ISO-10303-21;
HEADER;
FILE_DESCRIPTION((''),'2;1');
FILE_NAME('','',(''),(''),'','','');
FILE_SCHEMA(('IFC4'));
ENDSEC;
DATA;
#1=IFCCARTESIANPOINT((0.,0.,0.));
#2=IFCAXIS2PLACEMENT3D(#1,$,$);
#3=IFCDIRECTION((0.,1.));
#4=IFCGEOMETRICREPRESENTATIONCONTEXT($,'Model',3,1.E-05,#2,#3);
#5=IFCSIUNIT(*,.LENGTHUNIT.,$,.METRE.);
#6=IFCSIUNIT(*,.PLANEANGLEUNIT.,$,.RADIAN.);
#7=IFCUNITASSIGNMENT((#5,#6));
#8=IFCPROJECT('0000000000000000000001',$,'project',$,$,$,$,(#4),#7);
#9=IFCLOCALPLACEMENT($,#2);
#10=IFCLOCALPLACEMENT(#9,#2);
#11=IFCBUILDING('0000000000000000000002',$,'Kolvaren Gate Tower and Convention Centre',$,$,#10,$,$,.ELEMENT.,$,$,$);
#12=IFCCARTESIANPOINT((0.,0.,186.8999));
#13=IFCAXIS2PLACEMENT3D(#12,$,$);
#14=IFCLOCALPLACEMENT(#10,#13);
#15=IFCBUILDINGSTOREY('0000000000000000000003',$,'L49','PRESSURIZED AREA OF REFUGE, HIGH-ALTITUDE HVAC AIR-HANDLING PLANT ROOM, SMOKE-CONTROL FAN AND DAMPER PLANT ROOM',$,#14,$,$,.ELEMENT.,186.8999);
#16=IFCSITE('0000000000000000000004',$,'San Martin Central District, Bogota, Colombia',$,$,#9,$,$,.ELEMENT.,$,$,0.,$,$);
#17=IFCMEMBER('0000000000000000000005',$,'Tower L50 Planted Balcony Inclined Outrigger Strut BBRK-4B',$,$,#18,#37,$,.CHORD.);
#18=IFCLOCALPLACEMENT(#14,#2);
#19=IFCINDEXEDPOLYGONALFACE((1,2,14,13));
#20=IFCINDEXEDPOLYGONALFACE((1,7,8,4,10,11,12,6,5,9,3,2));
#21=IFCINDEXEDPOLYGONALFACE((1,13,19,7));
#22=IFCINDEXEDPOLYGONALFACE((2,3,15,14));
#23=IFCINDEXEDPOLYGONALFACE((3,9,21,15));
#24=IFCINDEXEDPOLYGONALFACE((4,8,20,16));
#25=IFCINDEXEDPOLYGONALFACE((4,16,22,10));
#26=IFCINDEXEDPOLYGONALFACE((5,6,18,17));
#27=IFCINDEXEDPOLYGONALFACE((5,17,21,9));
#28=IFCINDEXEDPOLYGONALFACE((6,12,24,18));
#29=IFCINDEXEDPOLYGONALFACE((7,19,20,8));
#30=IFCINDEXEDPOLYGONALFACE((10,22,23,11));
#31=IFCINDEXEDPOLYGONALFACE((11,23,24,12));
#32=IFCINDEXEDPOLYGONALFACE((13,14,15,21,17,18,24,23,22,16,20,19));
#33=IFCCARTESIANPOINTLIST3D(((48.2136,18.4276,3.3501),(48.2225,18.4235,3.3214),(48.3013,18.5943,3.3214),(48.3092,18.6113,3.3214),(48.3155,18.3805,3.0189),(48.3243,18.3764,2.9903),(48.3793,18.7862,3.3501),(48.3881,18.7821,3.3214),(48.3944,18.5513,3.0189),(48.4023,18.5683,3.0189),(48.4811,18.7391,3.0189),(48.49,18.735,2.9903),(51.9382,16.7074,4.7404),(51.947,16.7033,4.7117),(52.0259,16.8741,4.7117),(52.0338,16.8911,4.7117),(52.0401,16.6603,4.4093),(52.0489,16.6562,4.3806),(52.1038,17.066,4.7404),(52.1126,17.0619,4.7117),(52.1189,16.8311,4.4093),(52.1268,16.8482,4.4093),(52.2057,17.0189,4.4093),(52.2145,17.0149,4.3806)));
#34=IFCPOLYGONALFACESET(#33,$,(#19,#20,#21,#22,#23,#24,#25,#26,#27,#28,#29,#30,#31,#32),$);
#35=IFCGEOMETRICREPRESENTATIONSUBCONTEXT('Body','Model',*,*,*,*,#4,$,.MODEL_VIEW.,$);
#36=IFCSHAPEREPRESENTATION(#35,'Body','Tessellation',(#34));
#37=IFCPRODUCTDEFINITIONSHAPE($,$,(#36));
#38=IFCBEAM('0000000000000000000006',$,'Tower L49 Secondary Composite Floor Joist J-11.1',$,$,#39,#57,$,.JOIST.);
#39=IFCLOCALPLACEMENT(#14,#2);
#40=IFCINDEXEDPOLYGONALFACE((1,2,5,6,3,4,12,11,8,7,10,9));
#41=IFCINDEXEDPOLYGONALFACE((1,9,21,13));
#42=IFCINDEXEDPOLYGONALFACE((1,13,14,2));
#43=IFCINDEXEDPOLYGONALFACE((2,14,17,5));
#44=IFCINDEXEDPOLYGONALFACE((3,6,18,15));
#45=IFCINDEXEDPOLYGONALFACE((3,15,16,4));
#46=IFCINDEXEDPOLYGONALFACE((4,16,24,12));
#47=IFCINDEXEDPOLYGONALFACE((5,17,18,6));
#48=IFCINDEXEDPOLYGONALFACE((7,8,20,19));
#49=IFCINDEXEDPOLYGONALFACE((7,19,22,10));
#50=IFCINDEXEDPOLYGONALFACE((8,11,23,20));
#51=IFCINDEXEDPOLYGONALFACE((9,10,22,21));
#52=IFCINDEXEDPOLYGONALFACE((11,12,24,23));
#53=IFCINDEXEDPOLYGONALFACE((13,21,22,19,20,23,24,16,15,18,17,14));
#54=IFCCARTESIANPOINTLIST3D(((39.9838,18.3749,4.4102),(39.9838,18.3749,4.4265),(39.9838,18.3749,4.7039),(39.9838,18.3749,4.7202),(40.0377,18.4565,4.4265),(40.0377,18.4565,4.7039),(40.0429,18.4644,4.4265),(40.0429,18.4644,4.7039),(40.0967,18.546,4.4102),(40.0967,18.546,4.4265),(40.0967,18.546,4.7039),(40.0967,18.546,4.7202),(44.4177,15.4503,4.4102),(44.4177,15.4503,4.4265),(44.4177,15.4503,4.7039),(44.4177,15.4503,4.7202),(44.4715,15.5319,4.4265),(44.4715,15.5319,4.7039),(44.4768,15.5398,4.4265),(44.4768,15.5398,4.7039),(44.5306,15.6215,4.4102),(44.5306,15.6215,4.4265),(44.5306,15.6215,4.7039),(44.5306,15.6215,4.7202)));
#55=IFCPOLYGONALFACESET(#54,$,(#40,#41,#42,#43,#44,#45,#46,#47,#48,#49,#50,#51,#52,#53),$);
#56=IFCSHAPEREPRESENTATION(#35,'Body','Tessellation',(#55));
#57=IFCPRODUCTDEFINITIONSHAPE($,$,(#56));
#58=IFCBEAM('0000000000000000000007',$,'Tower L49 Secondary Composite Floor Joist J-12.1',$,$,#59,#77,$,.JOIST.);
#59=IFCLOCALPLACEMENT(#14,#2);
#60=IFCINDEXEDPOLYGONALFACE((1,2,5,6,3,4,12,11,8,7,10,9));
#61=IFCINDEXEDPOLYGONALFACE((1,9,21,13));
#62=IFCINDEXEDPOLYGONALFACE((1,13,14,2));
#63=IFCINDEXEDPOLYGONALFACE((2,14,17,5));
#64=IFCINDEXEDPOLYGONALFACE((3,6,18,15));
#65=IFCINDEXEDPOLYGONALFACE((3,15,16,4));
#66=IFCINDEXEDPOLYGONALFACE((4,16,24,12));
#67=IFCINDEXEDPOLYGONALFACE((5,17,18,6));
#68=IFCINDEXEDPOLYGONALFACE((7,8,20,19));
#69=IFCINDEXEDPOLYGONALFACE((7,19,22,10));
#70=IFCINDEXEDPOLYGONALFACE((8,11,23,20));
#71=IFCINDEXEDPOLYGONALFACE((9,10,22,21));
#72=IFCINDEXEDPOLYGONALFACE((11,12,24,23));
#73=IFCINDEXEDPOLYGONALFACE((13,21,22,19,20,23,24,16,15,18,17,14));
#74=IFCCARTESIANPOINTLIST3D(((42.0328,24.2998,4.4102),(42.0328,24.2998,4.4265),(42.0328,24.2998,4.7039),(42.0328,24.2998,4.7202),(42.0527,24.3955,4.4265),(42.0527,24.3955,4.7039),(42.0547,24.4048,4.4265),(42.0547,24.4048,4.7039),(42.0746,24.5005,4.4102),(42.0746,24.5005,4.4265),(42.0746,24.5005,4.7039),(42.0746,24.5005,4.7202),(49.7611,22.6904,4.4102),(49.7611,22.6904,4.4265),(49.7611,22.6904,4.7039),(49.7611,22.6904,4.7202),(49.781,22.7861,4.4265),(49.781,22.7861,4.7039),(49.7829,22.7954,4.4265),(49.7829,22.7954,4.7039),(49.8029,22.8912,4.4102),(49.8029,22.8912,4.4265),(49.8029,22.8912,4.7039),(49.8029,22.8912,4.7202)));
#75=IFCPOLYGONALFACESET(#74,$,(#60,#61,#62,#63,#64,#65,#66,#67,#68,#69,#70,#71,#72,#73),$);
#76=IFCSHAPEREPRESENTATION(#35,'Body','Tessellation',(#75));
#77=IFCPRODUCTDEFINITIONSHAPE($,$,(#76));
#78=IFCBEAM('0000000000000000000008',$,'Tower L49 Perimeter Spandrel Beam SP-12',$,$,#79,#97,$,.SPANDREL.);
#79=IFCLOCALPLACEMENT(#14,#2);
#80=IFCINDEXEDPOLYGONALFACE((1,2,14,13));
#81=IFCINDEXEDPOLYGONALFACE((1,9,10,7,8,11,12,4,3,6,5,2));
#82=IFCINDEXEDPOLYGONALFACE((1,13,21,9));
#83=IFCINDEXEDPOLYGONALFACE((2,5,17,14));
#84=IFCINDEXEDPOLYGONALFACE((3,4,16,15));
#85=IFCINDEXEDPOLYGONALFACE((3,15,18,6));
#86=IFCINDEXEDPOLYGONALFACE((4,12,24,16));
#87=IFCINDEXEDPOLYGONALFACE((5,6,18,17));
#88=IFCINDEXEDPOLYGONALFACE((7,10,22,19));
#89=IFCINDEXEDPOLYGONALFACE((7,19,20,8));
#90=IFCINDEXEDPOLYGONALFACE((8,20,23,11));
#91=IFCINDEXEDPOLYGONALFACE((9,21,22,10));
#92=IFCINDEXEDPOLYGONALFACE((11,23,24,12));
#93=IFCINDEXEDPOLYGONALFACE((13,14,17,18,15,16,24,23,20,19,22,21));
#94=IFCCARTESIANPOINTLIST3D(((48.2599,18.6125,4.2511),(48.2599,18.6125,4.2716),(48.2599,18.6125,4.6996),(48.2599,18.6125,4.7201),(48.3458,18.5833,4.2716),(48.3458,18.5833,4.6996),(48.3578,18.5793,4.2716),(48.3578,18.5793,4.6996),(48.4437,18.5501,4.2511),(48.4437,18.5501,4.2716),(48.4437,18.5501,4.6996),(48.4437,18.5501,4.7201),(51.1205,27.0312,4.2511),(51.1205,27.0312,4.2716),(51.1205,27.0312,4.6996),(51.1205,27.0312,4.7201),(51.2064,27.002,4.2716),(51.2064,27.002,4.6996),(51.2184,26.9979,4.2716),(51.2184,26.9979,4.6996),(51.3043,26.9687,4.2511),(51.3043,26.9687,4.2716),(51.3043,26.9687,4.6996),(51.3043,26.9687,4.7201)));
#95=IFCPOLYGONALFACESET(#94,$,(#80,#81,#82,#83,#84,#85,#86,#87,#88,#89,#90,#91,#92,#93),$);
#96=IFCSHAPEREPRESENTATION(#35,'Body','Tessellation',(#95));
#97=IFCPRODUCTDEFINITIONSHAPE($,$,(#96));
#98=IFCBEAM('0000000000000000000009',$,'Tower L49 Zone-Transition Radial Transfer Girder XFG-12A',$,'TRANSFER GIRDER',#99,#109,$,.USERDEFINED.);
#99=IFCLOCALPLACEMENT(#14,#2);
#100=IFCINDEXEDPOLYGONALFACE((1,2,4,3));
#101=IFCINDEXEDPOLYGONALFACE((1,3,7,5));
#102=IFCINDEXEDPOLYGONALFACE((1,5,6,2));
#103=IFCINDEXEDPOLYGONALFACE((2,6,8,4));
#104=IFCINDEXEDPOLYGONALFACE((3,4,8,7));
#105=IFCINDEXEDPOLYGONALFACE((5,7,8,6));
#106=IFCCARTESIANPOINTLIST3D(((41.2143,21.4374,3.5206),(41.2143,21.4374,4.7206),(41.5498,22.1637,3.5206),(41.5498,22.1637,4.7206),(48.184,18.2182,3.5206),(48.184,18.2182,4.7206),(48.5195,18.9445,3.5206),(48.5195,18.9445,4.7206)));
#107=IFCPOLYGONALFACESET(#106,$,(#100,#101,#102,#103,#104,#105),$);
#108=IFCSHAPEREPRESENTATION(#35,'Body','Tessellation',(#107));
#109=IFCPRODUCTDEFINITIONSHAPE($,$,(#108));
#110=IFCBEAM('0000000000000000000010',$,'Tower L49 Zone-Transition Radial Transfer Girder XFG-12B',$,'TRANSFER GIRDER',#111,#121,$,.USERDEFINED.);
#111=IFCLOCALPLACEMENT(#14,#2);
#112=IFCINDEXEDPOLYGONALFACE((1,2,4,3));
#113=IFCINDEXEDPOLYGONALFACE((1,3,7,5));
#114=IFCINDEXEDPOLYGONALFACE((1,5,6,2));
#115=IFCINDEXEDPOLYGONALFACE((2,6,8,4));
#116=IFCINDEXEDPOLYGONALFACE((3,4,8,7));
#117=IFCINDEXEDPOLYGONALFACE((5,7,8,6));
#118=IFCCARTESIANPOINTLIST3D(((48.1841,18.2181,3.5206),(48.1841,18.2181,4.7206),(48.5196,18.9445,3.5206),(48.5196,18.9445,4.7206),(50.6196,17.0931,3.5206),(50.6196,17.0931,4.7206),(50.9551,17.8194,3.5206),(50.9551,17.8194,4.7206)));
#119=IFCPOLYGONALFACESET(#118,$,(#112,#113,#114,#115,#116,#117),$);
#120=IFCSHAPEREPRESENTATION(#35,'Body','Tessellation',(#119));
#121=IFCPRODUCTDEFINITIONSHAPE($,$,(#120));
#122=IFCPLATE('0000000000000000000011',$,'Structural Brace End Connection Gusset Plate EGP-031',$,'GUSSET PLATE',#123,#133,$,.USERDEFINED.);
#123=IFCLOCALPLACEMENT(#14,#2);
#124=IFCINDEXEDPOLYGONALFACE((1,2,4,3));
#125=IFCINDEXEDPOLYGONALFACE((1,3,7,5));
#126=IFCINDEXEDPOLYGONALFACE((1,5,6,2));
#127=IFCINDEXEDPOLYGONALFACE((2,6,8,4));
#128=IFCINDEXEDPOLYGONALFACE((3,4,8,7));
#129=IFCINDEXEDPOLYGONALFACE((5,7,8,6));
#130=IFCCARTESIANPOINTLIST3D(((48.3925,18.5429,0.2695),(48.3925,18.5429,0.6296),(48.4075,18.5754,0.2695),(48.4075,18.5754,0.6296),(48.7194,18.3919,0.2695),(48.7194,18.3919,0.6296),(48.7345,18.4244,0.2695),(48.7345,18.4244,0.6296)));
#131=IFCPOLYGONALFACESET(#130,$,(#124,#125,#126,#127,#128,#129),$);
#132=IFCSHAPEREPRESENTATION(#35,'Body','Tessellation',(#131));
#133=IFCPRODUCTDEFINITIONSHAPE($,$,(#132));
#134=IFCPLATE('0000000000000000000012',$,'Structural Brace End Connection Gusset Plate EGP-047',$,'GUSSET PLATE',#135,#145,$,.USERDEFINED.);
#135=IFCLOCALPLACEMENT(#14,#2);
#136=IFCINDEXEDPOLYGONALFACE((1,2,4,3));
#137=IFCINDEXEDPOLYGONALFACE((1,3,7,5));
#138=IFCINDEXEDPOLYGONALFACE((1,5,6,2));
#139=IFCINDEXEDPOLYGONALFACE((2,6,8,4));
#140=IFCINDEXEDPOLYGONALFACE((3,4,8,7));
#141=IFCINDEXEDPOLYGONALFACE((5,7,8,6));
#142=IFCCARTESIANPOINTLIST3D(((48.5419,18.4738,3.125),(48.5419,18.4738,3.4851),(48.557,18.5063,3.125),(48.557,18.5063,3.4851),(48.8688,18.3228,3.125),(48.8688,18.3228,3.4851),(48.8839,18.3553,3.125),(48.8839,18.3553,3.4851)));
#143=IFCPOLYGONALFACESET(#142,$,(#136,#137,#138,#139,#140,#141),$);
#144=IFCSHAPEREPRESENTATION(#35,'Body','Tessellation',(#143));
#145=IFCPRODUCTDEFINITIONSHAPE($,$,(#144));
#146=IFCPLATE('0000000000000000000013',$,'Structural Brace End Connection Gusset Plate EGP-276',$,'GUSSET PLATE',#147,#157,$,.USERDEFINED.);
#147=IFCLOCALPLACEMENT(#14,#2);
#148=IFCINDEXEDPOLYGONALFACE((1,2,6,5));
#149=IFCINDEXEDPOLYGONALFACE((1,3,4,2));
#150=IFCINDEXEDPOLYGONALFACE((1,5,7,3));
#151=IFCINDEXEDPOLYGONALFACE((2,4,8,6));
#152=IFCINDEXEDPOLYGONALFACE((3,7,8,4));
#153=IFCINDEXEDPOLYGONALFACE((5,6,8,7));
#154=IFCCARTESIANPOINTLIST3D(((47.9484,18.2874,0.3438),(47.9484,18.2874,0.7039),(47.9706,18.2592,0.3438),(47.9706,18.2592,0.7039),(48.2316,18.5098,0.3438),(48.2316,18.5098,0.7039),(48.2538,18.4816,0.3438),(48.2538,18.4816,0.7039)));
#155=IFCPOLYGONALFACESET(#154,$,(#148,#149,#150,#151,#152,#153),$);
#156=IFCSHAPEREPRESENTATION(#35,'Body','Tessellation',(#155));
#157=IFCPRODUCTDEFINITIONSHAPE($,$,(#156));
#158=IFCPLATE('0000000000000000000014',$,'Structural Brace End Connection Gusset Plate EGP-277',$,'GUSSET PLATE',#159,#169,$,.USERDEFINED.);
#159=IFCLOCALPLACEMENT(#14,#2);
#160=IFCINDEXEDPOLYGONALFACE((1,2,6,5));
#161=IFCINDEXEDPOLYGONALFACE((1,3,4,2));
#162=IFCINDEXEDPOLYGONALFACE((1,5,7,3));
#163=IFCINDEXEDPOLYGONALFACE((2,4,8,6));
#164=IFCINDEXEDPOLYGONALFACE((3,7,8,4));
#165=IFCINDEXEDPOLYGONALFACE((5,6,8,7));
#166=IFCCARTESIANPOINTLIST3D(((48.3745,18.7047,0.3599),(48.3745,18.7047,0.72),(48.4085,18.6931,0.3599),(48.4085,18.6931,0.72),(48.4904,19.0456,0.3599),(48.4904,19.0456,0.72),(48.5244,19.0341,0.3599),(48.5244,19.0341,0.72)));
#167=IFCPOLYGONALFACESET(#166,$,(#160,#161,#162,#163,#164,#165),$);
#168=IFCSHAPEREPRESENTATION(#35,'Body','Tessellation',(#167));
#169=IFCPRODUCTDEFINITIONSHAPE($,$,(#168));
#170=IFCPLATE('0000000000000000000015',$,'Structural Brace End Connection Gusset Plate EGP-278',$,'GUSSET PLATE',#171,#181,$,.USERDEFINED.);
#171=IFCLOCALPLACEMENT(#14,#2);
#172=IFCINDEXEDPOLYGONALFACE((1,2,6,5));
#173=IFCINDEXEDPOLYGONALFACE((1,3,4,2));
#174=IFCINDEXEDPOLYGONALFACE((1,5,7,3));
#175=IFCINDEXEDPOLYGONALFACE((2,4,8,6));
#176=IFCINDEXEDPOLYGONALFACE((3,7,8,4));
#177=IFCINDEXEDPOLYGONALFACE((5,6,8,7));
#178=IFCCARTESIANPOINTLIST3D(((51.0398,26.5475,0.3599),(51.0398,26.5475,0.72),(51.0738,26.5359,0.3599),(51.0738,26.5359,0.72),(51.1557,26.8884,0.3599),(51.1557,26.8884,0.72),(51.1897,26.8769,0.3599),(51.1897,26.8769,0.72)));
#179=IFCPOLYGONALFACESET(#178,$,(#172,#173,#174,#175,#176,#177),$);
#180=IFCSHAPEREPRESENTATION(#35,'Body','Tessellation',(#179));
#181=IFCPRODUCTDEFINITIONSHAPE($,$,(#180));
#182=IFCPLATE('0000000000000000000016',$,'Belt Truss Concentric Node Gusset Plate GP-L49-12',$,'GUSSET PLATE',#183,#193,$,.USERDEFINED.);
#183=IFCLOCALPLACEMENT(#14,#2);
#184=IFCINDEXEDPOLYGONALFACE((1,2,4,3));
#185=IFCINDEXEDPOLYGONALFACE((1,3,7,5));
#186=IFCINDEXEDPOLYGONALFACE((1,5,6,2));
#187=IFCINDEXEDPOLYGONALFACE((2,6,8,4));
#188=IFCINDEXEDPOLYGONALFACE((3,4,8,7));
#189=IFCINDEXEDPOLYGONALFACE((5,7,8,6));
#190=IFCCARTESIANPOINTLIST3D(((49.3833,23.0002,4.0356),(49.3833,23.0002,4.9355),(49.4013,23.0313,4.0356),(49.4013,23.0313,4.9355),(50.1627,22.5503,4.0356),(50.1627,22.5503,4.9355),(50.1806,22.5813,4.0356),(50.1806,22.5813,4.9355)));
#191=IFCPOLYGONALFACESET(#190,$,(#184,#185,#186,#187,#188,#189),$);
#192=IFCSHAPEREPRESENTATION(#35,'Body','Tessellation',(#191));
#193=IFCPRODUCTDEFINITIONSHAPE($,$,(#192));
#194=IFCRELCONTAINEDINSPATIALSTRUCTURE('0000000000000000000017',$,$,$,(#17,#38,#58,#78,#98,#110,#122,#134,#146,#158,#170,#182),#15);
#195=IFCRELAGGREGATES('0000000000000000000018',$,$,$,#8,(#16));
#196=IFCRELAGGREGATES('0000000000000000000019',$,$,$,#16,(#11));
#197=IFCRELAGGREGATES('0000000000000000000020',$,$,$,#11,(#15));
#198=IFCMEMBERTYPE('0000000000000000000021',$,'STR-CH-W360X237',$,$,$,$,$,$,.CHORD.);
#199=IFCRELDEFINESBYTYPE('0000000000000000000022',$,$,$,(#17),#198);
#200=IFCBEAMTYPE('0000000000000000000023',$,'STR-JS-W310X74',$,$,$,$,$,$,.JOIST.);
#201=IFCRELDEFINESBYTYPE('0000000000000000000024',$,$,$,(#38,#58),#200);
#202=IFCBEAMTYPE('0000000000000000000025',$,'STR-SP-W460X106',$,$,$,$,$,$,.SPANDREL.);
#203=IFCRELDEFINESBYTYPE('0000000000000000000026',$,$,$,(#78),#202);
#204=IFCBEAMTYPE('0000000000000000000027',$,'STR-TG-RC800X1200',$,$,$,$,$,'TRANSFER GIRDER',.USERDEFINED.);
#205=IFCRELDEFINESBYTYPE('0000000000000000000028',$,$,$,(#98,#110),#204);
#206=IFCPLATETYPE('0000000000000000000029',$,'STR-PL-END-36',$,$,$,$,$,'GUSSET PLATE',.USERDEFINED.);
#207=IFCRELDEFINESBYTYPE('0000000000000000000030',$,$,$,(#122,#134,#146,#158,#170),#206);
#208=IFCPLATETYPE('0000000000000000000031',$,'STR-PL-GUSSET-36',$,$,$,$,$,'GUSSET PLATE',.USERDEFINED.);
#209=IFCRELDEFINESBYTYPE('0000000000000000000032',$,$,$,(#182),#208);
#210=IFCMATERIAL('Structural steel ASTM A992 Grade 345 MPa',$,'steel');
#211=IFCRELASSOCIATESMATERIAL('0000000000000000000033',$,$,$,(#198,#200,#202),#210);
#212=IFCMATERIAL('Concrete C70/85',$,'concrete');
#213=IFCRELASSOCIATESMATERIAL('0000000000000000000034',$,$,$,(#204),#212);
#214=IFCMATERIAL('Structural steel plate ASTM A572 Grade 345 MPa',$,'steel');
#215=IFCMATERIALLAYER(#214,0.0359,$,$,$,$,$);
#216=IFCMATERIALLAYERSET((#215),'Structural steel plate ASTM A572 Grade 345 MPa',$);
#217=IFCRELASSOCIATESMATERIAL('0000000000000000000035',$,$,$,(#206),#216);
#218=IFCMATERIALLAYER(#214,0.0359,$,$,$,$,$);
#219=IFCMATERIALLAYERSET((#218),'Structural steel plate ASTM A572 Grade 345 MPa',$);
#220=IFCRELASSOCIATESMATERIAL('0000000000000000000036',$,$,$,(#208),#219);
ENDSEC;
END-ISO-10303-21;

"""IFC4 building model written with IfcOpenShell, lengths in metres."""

from ifc_helpers import new_model, si_unit, direction, frame, origin, origin_2d, place, context, subcontext, project, spatial, rectangle, i_section, extrude, material, layer, layer_set, material_profile, profile_set, type_object, element, save


model = new_model("IFC4")

# Units and contexts
model_context = context("Model", 3, precision=1e-05, world=origin(), true_north=direction((0.0, 1.0)))
body_context = subcontext(model_context, "Body", "Model", "MODEL_VIEW")
ifc_project = project(units=[si_unit("LENGTHUNIT", "METRE"), si_unit("PLANEANGLEUNIT", "RADIAN")], contexts=[model_context])

# Site, building, storey
site_placement = place(None, origin())
site = spatial("IfcSite", under=ifc_project, at=site_placement, Name="San Martin Central District, Bogota, Colombia", CompositionType="ELEMENT", RefElevation=0.0)
building_placement = place(site_placement, origin())
building = spatial("IfcBuilding", under=site, at=building_placement, Name="Kolvaren Gate Tower and Convention Centre", CompositionType="ELEMENT")
storey_placement = place(building_placement, frame((0.0, 0.0, 186.8999)))
storey = spatial("IfcBuildingStorey", under=building, at=storey_placement, Name="L49", Description="PRESSURIZED AREA OF REFUGE, HIGH-ALTITUDE HVAC AIR-HANDLING PLANT ROOM, SMOKE-CONTROL FAN AND DAMPER PLANT ROOM", CompositionType="ELEMENT", Elevation=186.8999)

# Shared definitions
ifc_material_1 = material(Name="Structural steel ASTM A992 Grade 345 MPa", Category="steel")

# Member
ifc_material_profile_1 = material_profile(ifc_material_1, i_section(OverallWidth=0.395, OverallDepth=0.3799, WebThickness=0.0188, FlangeThickness=0.0303, at=origin_2d()), Name="W360X237")
ifc_profile_set_1 = profile_set([ifc_material_profile_1], Name="Structural steel ASTM A992 Grade 345 MPa")
member_type_1 = type_object("IfcMemberType", Name="STR-CH-W360X237", PredefinedType="CHORD", material=ifc_profile_set_1)
member_1_placement = place(storey_placement, frame((48.3518, 18.5813, 3.1702), z_axis=(0.859818, -0.397108, 0.320966), x_axis=(0.419292, 0.907851, 0.0)))
element("IfcMember", 1, at=member_1_placement, inside=storey, type_object=member_type_1, Name="Tower L50 Planted Balcony Inclined Outrigger Strut BBRK-4B", PredefinedType="CHORD", context=body_context, shape_type="SweptSolid", body=[
    extrude(i_section(OverallWidth=0.395, OverallDepth=0.3799, WebThickness=0.0188, FlangeThickness=0.0303, at=origin_2d()), origin(), (0.0, 0.0, 1.0), 4.3318),
])

# Beams
ifc_material_profile_2 = material_profile(ifc_material_1, i_section(OverallWidth=0.2051, OverallDepth=0.3101, WebThickness=0.0095, FlangeThickness=0.0164, at=origin_2d()), Name="W310X74")
ifc_profile_set_2 = profile_set([ifc_material_profile_2], Name="Structural steel ASTM A992 Grade 345 MPa")
beam_type_1 = type_object("IfcBeamType", Name="STR-JS-W310X74", PredefinedType="JOIST", material=ifc_profile_set_2)
beam_1_placement = place(storey_placement, frame((40.0403, 18.4604, 4.5652), z_axis=(0.834763, -0.55061, 0.0), x_axis=(0.55061, 0.834763, 0.0)))
element("IfcBeam", 2, at=beam_1_placement, inside=storey, type_object=beam_type_1, Name="Tower L49 Secondary Composite Floor Joist J-11.1", PredefinedType="JOIST", context=body_context, shape_type="SweptSolid", body=[
    extrude(i_section(OverallWidth=0.2051, OverallDepth=0.3101, WebThickness=0.0095, FlangeThickness=0.0164, at=origin_2d()), origin(), (0.0, 0.0, 1.0), 5.3115),
])
beam_2_placement = place(storey_placement, frame((42.0537, 24.4001, 4.5652), z_axis=(0.978998, -0.203872, 0.0), x_axis=(0.203872, 0.978998, 0.0)))
element("IfcBeam", 3, at=beam_2_placement, inside=storey, type_object=beam_type_1, Name="Tower L49 Secondary Composite Floor Joist J-12.1", PredefinedType="JOIST", context=body_context, shape_type="SweptSolid", body=[
    extrude(i_section(OverallWidth=0.2051, OverallDepth=0.3101, WebThickness=0.0095, FlangeThickness=0.0164, at=origin_2d()), origin(), (0.0, 0.0, 1.0), 7.894),
])
ifc_material_profile_3 = material_profile(ifc_material_1, i_section(OverallWidth=0.1941, OverallDepth=0.469, WebThickness=0.0127, FlangeThickness=0.0205, at=origin_2d()), Name="W460X106")
ifc_profile_set_3 = profile_set([ifc_material_profile_3], Name="Structural steel ASTM A992 Grade 345 MPa")
beam_type_2 = type_object("IfcBeamType", Name="STR-SP-W460X106", PredefinedType="SPANDREL", material=ifc_profile_set_3)
beam_3_placement = place(storey_placement, frame((48.3518, 18.5813, 4.4856), z_axis=(0.321725, 0.946833, 0.0), x_axis=(-0.946833, 0.321725, 0.0)))
element("IfcBeam", 4, at=beam_3_placement, inside=storey, type_object=beam_type_2, Name="Tower L49 Perimeter Spandrel Beam SP-12", PredefinedType="SPANDREL", context=body_context, shape_type="SweptSolid", body=[
    extrude(i_section(OverallWidth=0.1941, OverallDepth=0.469, WebThickness=0.0127, FlangeThickness=0.0205, at=origin_2d()), origin(), (0.0, 0.0, 1.0), 8.8914),
])
ifc_material_2 = material(Name="Concrete C70/85", Category="concrete")
ifc_material_profile_4 = material_profile(ifc_material_2, rectangle(XDim=0.8, YDim=1.2, at=origin_2d()), Name="RC-BM-800X1200")
ifc_profile_set_4 = profile_set([ifc_material_profile_4], Name="Concrete C70/85")
beam_type_3 = type_object("IfcBeamType", Name="STR-TG-RC800X1200", ElementType="TRANSFER GIRDER", PredefinedType="USERDEFINED", material=ifc_profile_set_4)
beam_4_placement = place(storey_placement, frame((41.3821, 21.8005, 4.1206), z_axis=(0.907838, -0.41932, 0.0), x_axis=(0.41932, 0.907838, 0.0)))
element("IfcBeam", 5, at=beam_4_placement, inside=storey, type_object=beam_type_3, Name="Tower L49 Zone-Transition Radial Transfer Girder XFG-12A", ObjectType="TRANSFER GIRDER", PredefinedType="USERDEFINED", context=body_context, shape_type="SweptSolid", body=[
    extrude(rectangle(XDim=0.8, YDim=1.2, at=origin_2d()), origin(), (0.0, 0.0, 1.0), 7.6772),
])
beam_5_placement = place(storey_placement, frame((48.3518, 18.5813, 4.1206), z_axis=(0.907831, -0.419335, 0.0), x_axis=(0.419335, 0.907831, 0.0)))
element("IfcBeam", 6, at=beam_5_placement, inside=storey, type_object=beam_type_3, Name="Tower L49 Zone-Transition Radial Transfer Girder XFG-12B", ObjectType="TRANSFER GIRDER", PredefinedType="USERDEFINED", context=body_context, shape_type="SweptSolid", body=[
    extrude(rectangle(XDim=0.8, YDim=1.2, at=origin_2d()), origin(), (0.0, 0.0, 1.0), 2.6829),
])

# Plates
ifc_material_3 = material(Name="Structural steel plate ASTM A572 Grade 345 MPa", Category="steel")
ifc_layer_1 = layer(ifc_material_3, 0.0359)
ifc_layer_set_1 = layer_set([ifc_layer_1], Name="Structural steel plate ASTM A572 Grade 345 MPa")
plate_type_1 = type_object("IfcPlateType", Name="STR-PL-END-36", ElementType="GUSSET PLATE", PredefinedType="USERDEFINED", material=ifc_layer_set_1)
for number, where, z_axis, x_axis, name in (
    (7, (48.5635, 18.4836, 0.2695), (0.0, 0.0, 1.0), (0.907842, -0.419313, 0.0), "Structural Brace End Connection Gusset Plate EGP-031"),
    (8, (48.7129, 18.4146, 3.125), (0.0, 0.0, 1.0), (0.907843, -0.419311, 0.0), "Structural Brace End Connection Gusset Plate EGP-047"),
    (9, (48.1011, 18.3845, 0.3438), (0.0, 0.0, 1.0), (-0.786445, -0.617661, 0.0), "Structural Brace End Connection Gusset Plate EGP-276"),
    (10, (48.4495, 18.8694, 0.3599), (0.0, 0.0, 1.0), (0.321749, 0.946825, 0.0), "Structural Brace End Connection Gusset Plate EGP-277"),
    (11, (51.1147, 26.7122, 0.3599), (0.0, 0.0, 1.0), (-0.321749, -0.946825, 0.0), "Structural Brace End Connection Gusset Plate EGP-278"),
):
    element("IfcPlate", number, at=place(storey_placement, frame(where, z_axis=z_axis, x_axis=x_axis)), inside=storey, type_object=plate_type_1, Name=name, ObjectType="GUSSET PLATE", PredefinedType="USERDEFINED", context=body_context, shape_type="SweptSolid", body=[
        extrude(rectangle(XDim=0.3601, YDim=0.0359, at=origin_2d()), origin(), (0.0, 0.0, 1.0), 0.3601),
    ])
ifc_layer_2 = layer(ifc_material_3, 0.0359)
ifc_layer_set_2 = layer_set([ifc_layer_2], Name="Structural steel plate ASTM A572 Grade 345 MPa")
plate_type_2 = type_object("IfcPlateType", Name="STR-PL-GUSSET-36", ElementType="GUSSET PLATE", PredefinedType="USERDEFINED", material=ifc_layer_set_2)
plate_placement = place(storey_placement, frame((49.782, 22.7908, 4.0356), z_axis=(0.0, 0.0, 1.0), x_axis=(0.866025, -0.5, 0.0)))
element("IfcPlate", 12, at=plate_placement, inside=storey, type_object=plate_type_2, Name="Belt Truss Concentric Node Gusset Plate GP-L49-12", ObjectType="GUSSET PLATE", PredefinedType="USERDEFINED", context=body_context, shape_type="SweptSolid", body=[
    extrude(rectangle(XDim=0.8999, YDim=0.0359, at=origin_2d()), origin(), (0.0, 0.0, 1.0), 0.8999),
])

save(model, "model.ifc")
